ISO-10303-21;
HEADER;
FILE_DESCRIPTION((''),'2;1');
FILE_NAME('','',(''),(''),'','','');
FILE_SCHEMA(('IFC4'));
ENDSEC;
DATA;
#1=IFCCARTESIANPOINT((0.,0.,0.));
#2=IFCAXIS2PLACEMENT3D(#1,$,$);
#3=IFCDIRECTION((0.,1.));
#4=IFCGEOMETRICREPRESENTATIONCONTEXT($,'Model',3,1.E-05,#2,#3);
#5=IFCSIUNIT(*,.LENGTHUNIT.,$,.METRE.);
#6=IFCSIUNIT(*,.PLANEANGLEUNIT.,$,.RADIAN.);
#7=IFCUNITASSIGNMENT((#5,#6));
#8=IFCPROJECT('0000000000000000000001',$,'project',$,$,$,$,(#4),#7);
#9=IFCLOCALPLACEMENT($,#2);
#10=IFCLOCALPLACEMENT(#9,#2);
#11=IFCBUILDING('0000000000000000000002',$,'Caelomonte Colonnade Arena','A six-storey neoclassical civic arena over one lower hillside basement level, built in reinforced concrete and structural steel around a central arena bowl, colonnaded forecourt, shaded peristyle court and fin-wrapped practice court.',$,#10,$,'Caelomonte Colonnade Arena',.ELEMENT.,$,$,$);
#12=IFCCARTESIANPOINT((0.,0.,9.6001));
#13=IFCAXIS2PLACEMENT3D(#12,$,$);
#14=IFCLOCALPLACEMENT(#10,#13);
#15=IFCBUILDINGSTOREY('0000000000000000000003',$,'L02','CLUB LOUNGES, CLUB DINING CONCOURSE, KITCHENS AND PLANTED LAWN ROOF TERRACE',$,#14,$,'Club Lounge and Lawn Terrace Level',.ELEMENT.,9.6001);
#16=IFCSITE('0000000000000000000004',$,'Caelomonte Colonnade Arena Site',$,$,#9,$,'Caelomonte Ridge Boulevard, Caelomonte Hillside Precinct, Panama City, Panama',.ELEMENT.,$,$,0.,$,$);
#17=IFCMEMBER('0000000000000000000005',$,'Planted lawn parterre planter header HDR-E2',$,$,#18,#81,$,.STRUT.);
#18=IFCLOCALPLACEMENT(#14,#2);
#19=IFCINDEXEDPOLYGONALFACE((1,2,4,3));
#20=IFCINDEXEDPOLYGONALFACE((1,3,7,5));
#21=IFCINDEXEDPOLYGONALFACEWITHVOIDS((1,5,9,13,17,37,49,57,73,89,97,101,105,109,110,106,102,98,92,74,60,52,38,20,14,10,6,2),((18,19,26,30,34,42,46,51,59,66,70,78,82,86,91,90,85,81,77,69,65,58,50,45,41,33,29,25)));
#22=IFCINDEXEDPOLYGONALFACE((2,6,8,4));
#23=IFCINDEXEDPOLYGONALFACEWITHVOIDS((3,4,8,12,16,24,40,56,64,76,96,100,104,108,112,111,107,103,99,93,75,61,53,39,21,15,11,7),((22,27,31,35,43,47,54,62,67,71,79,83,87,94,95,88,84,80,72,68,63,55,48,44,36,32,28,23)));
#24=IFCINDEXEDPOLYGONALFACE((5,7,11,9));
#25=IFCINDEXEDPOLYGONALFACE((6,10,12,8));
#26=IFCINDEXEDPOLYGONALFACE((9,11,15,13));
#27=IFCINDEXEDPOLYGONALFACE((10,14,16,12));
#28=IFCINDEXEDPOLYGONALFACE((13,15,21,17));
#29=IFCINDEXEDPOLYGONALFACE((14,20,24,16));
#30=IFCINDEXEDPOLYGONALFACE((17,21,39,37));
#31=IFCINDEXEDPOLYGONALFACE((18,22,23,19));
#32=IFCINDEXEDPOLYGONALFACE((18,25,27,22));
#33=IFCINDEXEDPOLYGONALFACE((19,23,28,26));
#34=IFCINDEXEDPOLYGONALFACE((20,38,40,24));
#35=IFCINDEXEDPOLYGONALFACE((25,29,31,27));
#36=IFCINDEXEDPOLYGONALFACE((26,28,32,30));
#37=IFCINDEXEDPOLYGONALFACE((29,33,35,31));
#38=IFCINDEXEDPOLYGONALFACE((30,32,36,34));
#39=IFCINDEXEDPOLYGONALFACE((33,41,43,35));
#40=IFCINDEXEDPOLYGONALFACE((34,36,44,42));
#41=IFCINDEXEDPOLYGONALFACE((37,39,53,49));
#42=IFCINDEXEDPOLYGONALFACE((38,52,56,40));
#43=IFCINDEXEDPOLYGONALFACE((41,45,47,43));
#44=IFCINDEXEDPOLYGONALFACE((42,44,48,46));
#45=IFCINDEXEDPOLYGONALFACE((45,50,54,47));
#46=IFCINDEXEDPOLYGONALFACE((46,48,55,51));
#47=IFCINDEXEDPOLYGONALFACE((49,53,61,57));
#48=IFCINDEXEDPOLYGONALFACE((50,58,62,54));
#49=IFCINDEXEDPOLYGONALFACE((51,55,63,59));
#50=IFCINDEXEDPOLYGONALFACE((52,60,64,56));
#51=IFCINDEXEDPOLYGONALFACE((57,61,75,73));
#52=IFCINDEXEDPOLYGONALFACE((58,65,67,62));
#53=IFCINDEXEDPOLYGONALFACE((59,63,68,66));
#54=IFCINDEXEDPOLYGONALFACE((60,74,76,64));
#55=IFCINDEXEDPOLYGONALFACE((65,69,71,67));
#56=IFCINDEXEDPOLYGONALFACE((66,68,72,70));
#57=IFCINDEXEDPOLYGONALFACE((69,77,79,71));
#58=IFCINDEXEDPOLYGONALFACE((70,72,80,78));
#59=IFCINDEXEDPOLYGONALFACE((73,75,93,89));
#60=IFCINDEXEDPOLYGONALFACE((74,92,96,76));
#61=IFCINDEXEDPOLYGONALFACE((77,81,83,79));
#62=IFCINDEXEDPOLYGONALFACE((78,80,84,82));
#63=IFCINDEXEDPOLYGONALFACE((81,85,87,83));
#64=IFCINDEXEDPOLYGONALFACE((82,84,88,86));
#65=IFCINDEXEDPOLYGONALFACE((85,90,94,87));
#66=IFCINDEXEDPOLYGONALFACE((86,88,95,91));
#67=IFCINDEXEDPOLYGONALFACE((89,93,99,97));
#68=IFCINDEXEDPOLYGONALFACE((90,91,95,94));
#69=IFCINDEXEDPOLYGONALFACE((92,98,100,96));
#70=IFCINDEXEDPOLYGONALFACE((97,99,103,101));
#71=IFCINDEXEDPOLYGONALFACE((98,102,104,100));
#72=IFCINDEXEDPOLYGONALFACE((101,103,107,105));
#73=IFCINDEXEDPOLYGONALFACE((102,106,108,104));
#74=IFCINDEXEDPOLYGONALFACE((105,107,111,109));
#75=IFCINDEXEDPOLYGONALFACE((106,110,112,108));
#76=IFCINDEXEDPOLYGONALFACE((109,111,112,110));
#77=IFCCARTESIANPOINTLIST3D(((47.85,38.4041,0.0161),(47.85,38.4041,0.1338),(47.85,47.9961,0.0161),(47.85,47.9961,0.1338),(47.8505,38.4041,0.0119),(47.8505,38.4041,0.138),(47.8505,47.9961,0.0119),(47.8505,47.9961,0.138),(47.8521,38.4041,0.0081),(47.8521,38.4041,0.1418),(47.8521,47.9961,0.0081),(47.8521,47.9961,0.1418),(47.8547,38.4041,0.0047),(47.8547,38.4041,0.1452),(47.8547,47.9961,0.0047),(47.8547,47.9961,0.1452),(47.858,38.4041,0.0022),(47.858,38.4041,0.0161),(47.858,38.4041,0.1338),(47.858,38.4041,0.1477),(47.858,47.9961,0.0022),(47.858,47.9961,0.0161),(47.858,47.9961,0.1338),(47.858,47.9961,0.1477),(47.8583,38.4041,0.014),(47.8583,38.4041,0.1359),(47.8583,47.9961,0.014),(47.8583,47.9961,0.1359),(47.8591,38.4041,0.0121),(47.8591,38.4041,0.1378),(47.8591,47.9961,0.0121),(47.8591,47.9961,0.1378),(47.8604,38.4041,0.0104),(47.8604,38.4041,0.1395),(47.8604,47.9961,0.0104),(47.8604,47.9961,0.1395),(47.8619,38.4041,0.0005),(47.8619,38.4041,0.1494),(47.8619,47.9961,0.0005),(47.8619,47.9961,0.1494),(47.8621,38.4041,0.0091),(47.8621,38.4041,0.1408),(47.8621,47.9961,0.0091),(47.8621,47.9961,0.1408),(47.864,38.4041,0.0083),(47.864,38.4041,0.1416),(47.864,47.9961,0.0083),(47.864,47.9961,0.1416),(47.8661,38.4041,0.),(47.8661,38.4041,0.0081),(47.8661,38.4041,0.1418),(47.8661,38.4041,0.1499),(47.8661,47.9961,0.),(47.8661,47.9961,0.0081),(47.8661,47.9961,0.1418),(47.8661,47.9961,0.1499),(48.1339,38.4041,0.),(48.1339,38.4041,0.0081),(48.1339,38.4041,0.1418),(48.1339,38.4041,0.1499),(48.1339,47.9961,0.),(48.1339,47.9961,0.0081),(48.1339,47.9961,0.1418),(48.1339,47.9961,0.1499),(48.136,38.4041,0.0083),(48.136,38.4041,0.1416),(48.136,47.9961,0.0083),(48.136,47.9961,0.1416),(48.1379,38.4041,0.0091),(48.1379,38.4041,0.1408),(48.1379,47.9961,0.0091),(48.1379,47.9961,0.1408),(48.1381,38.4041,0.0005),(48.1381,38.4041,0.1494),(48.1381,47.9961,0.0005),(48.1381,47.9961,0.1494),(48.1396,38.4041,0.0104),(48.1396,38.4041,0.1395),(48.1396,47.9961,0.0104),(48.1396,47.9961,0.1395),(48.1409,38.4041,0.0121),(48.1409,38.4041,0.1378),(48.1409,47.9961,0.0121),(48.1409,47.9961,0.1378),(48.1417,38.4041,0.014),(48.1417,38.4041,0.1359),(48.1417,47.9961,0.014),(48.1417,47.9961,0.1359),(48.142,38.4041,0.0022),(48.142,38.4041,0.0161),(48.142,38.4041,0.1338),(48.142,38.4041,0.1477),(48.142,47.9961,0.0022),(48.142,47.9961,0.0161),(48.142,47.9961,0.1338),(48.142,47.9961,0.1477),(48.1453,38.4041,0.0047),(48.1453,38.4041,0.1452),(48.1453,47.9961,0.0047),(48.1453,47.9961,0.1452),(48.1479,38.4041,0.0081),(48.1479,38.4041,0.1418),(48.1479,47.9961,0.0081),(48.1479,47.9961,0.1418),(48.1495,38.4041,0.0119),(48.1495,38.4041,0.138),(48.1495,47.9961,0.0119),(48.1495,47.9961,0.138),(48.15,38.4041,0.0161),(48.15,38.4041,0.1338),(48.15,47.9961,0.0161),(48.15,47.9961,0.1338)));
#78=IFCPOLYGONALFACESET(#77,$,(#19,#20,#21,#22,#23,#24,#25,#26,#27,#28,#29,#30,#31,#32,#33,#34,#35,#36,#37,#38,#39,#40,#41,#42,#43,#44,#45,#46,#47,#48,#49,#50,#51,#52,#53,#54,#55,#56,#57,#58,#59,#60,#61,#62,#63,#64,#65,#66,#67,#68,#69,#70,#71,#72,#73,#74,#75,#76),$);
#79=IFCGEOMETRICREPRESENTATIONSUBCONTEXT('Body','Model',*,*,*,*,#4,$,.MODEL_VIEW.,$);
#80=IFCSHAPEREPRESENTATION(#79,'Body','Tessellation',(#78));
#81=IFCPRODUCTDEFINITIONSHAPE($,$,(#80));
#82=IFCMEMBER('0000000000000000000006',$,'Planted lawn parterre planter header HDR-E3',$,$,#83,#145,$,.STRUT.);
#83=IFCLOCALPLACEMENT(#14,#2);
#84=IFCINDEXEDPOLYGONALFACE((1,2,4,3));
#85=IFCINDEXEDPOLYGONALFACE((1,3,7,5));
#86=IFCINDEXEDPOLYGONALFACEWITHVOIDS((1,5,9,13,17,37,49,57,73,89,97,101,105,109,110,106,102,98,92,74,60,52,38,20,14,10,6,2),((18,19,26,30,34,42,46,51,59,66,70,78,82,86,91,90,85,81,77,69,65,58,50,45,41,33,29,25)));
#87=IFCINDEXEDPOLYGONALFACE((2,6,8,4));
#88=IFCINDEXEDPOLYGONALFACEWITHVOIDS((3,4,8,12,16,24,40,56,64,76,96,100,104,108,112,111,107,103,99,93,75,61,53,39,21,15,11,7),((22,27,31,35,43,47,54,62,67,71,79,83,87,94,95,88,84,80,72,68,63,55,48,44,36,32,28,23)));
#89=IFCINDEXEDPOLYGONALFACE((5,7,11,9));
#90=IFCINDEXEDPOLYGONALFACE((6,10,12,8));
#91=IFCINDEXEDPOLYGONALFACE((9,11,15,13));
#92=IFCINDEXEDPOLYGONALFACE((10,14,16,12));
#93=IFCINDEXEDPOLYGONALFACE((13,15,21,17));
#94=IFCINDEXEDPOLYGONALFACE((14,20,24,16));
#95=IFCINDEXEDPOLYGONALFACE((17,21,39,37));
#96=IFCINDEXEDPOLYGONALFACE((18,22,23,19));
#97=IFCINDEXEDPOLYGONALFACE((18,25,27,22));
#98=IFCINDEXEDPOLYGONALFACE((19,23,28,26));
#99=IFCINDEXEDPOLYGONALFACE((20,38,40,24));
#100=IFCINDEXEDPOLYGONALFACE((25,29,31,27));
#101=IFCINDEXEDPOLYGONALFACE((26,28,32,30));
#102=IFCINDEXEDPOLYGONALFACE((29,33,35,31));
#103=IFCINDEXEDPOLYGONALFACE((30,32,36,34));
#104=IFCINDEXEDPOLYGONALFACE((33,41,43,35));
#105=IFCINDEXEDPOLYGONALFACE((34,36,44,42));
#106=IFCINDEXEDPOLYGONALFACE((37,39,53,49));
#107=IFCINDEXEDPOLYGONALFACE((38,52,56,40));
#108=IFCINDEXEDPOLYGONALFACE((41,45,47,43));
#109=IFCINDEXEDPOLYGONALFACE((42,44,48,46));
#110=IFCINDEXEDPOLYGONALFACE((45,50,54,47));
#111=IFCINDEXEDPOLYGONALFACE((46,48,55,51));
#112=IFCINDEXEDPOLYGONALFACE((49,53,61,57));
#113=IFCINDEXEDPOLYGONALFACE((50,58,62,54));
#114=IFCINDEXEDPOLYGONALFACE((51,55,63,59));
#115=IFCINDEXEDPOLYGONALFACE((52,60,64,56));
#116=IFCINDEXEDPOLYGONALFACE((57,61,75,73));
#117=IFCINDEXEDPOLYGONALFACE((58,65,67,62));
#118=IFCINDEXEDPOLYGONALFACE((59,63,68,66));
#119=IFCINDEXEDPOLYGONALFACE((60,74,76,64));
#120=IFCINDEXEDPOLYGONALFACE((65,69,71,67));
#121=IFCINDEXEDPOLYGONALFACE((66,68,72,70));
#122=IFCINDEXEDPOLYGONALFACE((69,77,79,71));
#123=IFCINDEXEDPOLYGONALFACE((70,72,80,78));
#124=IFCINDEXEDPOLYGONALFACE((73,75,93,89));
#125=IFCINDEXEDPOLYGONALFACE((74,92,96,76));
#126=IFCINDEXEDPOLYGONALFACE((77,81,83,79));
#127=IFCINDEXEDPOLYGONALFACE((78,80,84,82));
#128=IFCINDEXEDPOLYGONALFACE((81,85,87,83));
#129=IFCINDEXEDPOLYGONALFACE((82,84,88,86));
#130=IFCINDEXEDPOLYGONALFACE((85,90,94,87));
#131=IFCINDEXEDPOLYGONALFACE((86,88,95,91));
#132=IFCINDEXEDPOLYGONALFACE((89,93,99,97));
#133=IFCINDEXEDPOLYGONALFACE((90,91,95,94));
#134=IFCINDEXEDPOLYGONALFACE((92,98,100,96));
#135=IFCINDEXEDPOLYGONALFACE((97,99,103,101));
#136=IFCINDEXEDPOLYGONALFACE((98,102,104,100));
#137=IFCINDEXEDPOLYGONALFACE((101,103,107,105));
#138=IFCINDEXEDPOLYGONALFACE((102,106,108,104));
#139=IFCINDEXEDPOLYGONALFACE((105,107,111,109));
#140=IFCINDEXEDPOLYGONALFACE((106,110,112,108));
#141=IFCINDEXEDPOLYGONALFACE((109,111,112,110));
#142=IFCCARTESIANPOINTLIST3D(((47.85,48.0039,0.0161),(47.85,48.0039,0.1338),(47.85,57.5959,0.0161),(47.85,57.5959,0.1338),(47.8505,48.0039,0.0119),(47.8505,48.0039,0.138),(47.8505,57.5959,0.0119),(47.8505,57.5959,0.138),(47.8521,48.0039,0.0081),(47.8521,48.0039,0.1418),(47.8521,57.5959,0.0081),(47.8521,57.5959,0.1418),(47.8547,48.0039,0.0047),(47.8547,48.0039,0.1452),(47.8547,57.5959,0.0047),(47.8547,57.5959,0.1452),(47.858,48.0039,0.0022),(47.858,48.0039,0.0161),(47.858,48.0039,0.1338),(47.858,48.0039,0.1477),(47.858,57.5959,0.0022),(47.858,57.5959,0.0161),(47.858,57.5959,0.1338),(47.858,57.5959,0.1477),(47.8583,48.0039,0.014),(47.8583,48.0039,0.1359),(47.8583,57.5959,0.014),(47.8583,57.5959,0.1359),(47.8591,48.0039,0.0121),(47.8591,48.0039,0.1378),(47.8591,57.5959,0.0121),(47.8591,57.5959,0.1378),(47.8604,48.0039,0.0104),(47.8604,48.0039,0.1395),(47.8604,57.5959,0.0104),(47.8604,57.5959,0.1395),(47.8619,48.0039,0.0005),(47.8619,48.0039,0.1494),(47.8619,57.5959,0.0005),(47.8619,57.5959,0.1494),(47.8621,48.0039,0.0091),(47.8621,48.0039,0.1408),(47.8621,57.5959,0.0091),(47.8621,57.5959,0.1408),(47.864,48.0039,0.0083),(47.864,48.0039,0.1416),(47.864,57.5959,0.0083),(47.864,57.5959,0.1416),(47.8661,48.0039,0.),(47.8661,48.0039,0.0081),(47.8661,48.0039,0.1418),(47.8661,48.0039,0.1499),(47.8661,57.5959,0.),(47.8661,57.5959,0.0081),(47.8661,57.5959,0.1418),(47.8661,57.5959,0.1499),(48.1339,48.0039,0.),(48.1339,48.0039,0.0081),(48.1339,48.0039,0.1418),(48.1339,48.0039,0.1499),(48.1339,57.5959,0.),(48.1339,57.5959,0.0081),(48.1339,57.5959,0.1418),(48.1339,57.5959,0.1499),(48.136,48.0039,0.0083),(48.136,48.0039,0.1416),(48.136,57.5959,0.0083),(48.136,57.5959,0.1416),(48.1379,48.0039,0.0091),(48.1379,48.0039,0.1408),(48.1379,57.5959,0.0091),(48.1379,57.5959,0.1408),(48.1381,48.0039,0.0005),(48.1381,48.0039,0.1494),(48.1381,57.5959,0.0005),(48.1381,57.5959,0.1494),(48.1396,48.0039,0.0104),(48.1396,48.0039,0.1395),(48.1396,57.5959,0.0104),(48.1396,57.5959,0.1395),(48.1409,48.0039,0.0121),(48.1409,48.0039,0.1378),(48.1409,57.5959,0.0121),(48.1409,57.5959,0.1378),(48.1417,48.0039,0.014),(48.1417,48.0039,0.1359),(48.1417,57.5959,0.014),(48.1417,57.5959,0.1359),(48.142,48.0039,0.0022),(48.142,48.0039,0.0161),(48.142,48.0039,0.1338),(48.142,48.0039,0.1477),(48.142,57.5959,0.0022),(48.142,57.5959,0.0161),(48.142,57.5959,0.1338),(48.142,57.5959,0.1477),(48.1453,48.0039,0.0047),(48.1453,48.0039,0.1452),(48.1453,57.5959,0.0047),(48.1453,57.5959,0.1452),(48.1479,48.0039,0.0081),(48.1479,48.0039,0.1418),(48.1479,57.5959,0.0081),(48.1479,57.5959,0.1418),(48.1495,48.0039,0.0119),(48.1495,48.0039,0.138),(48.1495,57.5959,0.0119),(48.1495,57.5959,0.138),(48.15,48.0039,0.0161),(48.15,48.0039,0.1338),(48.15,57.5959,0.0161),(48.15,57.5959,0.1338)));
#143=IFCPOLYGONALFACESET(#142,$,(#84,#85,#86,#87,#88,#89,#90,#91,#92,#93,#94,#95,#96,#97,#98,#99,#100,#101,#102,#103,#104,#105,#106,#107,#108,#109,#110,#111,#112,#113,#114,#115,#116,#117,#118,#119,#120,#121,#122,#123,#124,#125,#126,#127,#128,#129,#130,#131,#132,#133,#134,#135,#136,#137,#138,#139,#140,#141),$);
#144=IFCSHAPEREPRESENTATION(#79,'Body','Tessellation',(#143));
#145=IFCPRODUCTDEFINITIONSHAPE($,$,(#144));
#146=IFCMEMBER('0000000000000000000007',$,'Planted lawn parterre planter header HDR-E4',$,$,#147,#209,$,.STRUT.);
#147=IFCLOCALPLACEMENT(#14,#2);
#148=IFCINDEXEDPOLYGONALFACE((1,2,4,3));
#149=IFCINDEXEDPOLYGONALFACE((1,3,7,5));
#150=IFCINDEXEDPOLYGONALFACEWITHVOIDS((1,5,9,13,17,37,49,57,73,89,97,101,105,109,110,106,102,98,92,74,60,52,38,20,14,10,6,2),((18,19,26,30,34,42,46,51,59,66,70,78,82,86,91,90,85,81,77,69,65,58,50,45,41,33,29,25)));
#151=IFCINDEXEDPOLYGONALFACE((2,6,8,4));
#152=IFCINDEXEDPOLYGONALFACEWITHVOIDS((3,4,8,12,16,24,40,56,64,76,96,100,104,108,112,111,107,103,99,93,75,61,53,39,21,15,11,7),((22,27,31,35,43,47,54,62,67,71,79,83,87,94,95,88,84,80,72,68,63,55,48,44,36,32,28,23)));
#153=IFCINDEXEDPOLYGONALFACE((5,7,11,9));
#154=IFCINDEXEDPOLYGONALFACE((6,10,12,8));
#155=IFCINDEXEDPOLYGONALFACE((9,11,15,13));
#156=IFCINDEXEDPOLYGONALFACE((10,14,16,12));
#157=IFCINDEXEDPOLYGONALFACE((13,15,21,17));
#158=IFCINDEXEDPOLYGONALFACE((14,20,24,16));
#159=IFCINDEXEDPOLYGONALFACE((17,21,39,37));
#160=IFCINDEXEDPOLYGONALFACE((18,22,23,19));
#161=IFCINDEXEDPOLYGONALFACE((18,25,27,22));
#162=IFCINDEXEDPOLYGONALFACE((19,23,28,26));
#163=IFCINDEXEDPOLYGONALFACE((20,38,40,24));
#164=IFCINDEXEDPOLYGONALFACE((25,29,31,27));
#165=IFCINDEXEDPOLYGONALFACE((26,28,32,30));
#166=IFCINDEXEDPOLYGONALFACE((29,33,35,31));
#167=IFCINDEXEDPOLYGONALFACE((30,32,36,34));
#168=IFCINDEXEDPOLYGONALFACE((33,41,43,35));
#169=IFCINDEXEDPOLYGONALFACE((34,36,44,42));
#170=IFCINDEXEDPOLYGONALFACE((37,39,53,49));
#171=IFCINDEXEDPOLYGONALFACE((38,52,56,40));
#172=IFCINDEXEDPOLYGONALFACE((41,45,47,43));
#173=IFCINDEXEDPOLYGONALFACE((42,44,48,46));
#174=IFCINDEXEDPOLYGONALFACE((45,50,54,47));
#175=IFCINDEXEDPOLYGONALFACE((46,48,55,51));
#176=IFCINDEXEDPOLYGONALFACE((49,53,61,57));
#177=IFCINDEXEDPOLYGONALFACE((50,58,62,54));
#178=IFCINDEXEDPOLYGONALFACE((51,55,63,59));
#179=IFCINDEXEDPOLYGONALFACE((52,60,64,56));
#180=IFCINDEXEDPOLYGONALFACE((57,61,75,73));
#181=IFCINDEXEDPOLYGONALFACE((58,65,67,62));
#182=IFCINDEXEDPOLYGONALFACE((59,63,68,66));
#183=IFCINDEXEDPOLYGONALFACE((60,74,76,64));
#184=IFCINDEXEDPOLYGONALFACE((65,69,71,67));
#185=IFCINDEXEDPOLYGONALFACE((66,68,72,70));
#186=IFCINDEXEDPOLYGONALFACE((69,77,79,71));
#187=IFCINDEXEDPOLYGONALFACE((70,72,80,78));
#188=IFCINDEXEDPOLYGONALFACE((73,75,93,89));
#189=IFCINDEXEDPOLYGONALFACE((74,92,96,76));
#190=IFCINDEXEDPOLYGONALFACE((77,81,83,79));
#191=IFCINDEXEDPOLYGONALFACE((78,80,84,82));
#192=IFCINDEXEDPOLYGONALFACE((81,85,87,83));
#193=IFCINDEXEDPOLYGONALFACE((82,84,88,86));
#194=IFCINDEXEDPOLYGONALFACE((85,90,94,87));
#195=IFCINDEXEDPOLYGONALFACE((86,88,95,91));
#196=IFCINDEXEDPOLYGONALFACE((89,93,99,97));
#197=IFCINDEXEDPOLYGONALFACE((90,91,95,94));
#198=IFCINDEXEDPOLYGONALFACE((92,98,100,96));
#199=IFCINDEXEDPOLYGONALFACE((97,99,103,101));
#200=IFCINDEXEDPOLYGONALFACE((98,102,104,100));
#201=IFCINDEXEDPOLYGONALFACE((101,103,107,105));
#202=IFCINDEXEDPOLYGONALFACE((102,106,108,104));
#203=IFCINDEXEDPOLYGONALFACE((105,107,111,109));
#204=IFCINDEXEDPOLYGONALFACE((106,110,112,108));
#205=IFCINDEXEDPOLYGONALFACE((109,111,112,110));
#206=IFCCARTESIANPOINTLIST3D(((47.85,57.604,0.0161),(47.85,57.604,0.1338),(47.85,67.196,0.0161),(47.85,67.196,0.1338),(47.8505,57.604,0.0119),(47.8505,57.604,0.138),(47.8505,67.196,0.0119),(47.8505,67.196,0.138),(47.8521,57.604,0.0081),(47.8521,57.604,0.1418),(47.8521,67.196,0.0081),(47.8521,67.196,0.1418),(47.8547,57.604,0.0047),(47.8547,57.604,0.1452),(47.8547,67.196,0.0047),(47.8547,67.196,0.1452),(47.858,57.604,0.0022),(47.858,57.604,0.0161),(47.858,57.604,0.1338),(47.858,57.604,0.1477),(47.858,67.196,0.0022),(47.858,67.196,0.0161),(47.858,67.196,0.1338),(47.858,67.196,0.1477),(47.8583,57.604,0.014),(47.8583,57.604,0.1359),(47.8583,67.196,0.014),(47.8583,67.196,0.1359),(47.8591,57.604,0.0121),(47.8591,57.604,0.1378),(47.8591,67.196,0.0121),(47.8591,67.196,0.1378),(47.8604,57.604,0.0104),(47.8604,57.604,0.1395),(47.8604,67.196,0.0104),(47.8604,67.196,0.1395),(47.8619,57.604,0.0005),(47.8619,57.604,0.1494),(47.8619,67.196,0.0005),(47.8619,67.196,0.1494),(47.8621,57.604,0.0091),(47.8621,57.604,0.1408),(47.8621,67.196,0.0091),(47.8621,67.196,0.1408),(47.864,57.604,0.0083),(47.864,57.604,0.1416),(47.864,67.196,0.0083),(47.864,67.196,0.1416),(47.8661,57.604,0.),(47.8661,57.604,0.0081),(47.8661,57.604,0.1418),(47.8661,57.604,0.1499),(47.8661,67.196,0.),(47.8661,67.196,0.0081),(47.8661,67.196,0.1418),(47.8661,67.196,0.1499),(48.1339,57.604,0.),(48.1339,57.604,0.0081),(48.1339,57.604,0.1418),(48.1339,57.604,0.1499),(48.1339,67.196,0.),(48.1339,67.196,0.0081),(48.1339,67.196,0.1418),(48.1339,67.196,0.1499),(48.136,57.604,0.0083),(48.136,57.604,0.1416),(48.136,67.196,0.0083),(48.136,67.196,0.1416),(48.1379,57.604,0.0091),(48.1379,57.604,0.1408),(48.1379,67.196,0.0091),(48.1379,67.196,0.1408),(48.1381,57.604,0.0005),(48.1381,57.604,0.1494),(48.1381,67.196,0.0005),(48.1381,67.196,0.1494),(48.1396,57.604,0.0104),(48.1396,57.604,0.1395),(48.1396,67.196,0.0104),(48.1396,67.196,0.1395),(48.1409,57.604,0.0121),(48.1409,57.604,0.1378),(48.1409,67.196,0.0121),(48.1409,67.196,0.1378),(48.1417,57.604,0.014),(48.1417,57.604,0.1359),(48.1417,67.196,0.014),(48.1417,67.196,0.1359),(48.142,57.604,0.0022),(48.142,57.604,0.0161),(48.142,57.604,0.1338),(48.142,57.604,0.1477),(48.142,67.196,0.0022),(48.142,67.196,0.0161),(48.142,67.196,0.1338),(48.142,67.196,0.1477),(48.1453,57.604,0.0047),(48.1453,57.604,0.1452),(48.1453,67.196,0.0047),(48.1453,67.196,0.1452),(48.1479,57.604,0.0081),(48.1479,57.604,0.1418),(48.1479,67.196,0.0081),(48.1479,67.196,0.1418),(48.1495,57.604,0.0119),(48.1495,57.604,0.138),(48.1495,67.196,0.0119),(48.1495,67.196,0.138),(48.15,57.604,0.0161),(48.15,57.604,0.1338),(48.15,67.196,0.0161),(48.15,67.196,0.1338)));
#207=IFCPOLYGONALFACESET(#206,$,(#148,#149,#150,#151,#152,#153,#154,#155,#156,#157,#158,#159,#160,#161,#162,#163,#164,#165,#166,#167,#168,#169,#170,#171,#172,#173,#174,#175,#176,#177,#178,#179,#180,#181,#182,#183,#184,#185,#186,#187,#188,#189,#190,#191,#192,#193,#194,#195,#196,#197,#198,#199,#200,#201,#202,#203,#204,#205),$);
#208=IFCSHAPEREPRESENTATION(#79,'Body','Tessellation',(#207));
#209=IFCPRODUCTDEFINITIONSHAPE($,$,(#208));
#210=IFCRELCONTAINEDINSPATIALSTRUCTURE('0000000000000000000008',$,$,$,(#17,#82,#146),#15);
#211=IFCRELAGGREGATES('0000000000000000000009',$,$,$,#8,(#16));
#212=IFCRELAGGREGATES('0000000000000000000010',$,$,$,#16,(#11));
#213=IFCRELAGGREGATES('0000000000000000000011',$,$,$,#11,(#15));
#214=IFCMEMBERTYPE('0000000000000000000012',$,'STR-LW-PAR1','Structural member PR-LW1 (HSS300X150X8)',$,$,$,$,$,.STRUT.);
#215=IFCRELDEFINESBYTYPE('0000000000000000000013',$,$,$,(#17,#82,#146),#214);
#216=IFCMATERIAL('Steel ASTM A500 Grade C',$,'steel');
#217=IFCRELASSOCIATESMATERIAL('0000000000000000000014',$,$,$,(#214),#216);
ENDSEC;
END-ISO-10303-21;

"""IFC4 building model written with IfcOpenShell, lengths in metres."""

from ifc_helpers import new_model, si_unit, direction, frame, origin, origin_2d, place, context, subcontext, project, spatial, hollow_rectangle, extrude, material, material_profile, profile_set, type_object, element, save


model = new_model("IFC4")

# Units and contexts
model_context = context("Model", 3, precision=1e-05, world=origin(), true_north=direction((0.0, 1.0)))
body_context = subcontext(model_context, "Body", "Model", "MODEL_VIEW")
ifc_project = project(units=[si_unit("LENGTHUNIT", "METRE"), si_unit("PLANEANGLEUNIT", "RADIAN")], contexts=[model_context])

# Site, building, storey
site_placement = place(None, origin())
site = spatial("IfcSite", under=ifc_project, at=site_placement, Name="Caelomonte Colonnade Arena Site", LongName="Caelomonte Ridge Boulevard, Caelomonte Hillside Precinct, Panama City, Panama", CompositionType="ELEMENT", RefElevation=0.0)
building_placement = place(site_placement, origin())
building = spatial("IfcBuilding", under=site, at=building_placement, Name="Caelomonte Colonnade Arena", Description="A six-storey neoclassical civic arena over one lower hillside basement level, built in reinforced concrete and structural steel around a central arena bowl, colonnaded forecourt, shaded peristyle court and fin-wrapped practice court.", LongName="Caelomonte Colonnade Arena", CompositionType="ELEMENT")
storey_placement = place(building_placement, frame((0.0, 0.0, 9.6001)))
storey = spatial("IfcBuildingStorey", under=building, at=storey_placement, Name="L02", Description="CLUB LOUNGES, CLUB DINING CONCOURSE, KITCHENS AND PLANTED LAWN ROOF TERRACE", LongName="Club Lounge and Lawn Terrace Level", CompositionType="ELEMENT", Elevation=9.6001)

# Members
ifc_material_1 = material(Name="Steel ASTM A500 Grade C", Category="steel")
ifc_material_profile_1 = material_profile(ifc_material_1, hollow_rectangle(XDim=0.3, YDim=0.1499, WallThickness=0.0081, InnerFilletRadius=0.0081, OuterFilletRadius=0.0161, at=origin_2d()), Name="HSS300X150X8")
ifc_profile_set_1 = profile_set([ifc_material_profile_1], Name="Steel ASTM A500 Grade C")
member_type = type_object("IfcMemberType", Name="STR-LW-PAR1", Description="Structural member PR-LW1 (HSS300X150X8)", PredefinedType="STRUT", material=ifc_profile_set_1)
for number, where, z_axis, x_axis, name in (
    (1, (48.0, 38.4041, 0.075), (0.0, 1.0, 0.0), (-1.0, 0.0, 0.0), "Planted lawn parterre planter header HDR-E2"),
    (2, (48.0, 48.0039, 0.075), (0.0, 1.0, 0.0), (-1.0, 0.0, 0.0), "Planted lawn parterre planter header HDR-E3"),
    (3, (48.0, 57.604, 0.075), (0.0, 1.0, 0.0), (-1.0, 0.0, 0.0), "Planted lawn parterre planter header HDR-E4"),
):
    element("IfcMember", number, at=place(storey_placement, frame(where, z_axis=z_axis, x_axis=x_axis)), inside=storey, type_object=member_type, Name=name, PredefinedType="STRUT", context=body_context, shape_type="SweptSolid", body=[
        extrude(hollow_rectangle(XDim=0.3, YDim=0.1499, WallThickness=0.0081, InnerFilletRadius=0.0081, OuterFilletRadius=0.0161, at=origin_2d()), origin(), (0.0, 0.0, 1.0), 9.592),
    ])

save(model, "model.ifc")
